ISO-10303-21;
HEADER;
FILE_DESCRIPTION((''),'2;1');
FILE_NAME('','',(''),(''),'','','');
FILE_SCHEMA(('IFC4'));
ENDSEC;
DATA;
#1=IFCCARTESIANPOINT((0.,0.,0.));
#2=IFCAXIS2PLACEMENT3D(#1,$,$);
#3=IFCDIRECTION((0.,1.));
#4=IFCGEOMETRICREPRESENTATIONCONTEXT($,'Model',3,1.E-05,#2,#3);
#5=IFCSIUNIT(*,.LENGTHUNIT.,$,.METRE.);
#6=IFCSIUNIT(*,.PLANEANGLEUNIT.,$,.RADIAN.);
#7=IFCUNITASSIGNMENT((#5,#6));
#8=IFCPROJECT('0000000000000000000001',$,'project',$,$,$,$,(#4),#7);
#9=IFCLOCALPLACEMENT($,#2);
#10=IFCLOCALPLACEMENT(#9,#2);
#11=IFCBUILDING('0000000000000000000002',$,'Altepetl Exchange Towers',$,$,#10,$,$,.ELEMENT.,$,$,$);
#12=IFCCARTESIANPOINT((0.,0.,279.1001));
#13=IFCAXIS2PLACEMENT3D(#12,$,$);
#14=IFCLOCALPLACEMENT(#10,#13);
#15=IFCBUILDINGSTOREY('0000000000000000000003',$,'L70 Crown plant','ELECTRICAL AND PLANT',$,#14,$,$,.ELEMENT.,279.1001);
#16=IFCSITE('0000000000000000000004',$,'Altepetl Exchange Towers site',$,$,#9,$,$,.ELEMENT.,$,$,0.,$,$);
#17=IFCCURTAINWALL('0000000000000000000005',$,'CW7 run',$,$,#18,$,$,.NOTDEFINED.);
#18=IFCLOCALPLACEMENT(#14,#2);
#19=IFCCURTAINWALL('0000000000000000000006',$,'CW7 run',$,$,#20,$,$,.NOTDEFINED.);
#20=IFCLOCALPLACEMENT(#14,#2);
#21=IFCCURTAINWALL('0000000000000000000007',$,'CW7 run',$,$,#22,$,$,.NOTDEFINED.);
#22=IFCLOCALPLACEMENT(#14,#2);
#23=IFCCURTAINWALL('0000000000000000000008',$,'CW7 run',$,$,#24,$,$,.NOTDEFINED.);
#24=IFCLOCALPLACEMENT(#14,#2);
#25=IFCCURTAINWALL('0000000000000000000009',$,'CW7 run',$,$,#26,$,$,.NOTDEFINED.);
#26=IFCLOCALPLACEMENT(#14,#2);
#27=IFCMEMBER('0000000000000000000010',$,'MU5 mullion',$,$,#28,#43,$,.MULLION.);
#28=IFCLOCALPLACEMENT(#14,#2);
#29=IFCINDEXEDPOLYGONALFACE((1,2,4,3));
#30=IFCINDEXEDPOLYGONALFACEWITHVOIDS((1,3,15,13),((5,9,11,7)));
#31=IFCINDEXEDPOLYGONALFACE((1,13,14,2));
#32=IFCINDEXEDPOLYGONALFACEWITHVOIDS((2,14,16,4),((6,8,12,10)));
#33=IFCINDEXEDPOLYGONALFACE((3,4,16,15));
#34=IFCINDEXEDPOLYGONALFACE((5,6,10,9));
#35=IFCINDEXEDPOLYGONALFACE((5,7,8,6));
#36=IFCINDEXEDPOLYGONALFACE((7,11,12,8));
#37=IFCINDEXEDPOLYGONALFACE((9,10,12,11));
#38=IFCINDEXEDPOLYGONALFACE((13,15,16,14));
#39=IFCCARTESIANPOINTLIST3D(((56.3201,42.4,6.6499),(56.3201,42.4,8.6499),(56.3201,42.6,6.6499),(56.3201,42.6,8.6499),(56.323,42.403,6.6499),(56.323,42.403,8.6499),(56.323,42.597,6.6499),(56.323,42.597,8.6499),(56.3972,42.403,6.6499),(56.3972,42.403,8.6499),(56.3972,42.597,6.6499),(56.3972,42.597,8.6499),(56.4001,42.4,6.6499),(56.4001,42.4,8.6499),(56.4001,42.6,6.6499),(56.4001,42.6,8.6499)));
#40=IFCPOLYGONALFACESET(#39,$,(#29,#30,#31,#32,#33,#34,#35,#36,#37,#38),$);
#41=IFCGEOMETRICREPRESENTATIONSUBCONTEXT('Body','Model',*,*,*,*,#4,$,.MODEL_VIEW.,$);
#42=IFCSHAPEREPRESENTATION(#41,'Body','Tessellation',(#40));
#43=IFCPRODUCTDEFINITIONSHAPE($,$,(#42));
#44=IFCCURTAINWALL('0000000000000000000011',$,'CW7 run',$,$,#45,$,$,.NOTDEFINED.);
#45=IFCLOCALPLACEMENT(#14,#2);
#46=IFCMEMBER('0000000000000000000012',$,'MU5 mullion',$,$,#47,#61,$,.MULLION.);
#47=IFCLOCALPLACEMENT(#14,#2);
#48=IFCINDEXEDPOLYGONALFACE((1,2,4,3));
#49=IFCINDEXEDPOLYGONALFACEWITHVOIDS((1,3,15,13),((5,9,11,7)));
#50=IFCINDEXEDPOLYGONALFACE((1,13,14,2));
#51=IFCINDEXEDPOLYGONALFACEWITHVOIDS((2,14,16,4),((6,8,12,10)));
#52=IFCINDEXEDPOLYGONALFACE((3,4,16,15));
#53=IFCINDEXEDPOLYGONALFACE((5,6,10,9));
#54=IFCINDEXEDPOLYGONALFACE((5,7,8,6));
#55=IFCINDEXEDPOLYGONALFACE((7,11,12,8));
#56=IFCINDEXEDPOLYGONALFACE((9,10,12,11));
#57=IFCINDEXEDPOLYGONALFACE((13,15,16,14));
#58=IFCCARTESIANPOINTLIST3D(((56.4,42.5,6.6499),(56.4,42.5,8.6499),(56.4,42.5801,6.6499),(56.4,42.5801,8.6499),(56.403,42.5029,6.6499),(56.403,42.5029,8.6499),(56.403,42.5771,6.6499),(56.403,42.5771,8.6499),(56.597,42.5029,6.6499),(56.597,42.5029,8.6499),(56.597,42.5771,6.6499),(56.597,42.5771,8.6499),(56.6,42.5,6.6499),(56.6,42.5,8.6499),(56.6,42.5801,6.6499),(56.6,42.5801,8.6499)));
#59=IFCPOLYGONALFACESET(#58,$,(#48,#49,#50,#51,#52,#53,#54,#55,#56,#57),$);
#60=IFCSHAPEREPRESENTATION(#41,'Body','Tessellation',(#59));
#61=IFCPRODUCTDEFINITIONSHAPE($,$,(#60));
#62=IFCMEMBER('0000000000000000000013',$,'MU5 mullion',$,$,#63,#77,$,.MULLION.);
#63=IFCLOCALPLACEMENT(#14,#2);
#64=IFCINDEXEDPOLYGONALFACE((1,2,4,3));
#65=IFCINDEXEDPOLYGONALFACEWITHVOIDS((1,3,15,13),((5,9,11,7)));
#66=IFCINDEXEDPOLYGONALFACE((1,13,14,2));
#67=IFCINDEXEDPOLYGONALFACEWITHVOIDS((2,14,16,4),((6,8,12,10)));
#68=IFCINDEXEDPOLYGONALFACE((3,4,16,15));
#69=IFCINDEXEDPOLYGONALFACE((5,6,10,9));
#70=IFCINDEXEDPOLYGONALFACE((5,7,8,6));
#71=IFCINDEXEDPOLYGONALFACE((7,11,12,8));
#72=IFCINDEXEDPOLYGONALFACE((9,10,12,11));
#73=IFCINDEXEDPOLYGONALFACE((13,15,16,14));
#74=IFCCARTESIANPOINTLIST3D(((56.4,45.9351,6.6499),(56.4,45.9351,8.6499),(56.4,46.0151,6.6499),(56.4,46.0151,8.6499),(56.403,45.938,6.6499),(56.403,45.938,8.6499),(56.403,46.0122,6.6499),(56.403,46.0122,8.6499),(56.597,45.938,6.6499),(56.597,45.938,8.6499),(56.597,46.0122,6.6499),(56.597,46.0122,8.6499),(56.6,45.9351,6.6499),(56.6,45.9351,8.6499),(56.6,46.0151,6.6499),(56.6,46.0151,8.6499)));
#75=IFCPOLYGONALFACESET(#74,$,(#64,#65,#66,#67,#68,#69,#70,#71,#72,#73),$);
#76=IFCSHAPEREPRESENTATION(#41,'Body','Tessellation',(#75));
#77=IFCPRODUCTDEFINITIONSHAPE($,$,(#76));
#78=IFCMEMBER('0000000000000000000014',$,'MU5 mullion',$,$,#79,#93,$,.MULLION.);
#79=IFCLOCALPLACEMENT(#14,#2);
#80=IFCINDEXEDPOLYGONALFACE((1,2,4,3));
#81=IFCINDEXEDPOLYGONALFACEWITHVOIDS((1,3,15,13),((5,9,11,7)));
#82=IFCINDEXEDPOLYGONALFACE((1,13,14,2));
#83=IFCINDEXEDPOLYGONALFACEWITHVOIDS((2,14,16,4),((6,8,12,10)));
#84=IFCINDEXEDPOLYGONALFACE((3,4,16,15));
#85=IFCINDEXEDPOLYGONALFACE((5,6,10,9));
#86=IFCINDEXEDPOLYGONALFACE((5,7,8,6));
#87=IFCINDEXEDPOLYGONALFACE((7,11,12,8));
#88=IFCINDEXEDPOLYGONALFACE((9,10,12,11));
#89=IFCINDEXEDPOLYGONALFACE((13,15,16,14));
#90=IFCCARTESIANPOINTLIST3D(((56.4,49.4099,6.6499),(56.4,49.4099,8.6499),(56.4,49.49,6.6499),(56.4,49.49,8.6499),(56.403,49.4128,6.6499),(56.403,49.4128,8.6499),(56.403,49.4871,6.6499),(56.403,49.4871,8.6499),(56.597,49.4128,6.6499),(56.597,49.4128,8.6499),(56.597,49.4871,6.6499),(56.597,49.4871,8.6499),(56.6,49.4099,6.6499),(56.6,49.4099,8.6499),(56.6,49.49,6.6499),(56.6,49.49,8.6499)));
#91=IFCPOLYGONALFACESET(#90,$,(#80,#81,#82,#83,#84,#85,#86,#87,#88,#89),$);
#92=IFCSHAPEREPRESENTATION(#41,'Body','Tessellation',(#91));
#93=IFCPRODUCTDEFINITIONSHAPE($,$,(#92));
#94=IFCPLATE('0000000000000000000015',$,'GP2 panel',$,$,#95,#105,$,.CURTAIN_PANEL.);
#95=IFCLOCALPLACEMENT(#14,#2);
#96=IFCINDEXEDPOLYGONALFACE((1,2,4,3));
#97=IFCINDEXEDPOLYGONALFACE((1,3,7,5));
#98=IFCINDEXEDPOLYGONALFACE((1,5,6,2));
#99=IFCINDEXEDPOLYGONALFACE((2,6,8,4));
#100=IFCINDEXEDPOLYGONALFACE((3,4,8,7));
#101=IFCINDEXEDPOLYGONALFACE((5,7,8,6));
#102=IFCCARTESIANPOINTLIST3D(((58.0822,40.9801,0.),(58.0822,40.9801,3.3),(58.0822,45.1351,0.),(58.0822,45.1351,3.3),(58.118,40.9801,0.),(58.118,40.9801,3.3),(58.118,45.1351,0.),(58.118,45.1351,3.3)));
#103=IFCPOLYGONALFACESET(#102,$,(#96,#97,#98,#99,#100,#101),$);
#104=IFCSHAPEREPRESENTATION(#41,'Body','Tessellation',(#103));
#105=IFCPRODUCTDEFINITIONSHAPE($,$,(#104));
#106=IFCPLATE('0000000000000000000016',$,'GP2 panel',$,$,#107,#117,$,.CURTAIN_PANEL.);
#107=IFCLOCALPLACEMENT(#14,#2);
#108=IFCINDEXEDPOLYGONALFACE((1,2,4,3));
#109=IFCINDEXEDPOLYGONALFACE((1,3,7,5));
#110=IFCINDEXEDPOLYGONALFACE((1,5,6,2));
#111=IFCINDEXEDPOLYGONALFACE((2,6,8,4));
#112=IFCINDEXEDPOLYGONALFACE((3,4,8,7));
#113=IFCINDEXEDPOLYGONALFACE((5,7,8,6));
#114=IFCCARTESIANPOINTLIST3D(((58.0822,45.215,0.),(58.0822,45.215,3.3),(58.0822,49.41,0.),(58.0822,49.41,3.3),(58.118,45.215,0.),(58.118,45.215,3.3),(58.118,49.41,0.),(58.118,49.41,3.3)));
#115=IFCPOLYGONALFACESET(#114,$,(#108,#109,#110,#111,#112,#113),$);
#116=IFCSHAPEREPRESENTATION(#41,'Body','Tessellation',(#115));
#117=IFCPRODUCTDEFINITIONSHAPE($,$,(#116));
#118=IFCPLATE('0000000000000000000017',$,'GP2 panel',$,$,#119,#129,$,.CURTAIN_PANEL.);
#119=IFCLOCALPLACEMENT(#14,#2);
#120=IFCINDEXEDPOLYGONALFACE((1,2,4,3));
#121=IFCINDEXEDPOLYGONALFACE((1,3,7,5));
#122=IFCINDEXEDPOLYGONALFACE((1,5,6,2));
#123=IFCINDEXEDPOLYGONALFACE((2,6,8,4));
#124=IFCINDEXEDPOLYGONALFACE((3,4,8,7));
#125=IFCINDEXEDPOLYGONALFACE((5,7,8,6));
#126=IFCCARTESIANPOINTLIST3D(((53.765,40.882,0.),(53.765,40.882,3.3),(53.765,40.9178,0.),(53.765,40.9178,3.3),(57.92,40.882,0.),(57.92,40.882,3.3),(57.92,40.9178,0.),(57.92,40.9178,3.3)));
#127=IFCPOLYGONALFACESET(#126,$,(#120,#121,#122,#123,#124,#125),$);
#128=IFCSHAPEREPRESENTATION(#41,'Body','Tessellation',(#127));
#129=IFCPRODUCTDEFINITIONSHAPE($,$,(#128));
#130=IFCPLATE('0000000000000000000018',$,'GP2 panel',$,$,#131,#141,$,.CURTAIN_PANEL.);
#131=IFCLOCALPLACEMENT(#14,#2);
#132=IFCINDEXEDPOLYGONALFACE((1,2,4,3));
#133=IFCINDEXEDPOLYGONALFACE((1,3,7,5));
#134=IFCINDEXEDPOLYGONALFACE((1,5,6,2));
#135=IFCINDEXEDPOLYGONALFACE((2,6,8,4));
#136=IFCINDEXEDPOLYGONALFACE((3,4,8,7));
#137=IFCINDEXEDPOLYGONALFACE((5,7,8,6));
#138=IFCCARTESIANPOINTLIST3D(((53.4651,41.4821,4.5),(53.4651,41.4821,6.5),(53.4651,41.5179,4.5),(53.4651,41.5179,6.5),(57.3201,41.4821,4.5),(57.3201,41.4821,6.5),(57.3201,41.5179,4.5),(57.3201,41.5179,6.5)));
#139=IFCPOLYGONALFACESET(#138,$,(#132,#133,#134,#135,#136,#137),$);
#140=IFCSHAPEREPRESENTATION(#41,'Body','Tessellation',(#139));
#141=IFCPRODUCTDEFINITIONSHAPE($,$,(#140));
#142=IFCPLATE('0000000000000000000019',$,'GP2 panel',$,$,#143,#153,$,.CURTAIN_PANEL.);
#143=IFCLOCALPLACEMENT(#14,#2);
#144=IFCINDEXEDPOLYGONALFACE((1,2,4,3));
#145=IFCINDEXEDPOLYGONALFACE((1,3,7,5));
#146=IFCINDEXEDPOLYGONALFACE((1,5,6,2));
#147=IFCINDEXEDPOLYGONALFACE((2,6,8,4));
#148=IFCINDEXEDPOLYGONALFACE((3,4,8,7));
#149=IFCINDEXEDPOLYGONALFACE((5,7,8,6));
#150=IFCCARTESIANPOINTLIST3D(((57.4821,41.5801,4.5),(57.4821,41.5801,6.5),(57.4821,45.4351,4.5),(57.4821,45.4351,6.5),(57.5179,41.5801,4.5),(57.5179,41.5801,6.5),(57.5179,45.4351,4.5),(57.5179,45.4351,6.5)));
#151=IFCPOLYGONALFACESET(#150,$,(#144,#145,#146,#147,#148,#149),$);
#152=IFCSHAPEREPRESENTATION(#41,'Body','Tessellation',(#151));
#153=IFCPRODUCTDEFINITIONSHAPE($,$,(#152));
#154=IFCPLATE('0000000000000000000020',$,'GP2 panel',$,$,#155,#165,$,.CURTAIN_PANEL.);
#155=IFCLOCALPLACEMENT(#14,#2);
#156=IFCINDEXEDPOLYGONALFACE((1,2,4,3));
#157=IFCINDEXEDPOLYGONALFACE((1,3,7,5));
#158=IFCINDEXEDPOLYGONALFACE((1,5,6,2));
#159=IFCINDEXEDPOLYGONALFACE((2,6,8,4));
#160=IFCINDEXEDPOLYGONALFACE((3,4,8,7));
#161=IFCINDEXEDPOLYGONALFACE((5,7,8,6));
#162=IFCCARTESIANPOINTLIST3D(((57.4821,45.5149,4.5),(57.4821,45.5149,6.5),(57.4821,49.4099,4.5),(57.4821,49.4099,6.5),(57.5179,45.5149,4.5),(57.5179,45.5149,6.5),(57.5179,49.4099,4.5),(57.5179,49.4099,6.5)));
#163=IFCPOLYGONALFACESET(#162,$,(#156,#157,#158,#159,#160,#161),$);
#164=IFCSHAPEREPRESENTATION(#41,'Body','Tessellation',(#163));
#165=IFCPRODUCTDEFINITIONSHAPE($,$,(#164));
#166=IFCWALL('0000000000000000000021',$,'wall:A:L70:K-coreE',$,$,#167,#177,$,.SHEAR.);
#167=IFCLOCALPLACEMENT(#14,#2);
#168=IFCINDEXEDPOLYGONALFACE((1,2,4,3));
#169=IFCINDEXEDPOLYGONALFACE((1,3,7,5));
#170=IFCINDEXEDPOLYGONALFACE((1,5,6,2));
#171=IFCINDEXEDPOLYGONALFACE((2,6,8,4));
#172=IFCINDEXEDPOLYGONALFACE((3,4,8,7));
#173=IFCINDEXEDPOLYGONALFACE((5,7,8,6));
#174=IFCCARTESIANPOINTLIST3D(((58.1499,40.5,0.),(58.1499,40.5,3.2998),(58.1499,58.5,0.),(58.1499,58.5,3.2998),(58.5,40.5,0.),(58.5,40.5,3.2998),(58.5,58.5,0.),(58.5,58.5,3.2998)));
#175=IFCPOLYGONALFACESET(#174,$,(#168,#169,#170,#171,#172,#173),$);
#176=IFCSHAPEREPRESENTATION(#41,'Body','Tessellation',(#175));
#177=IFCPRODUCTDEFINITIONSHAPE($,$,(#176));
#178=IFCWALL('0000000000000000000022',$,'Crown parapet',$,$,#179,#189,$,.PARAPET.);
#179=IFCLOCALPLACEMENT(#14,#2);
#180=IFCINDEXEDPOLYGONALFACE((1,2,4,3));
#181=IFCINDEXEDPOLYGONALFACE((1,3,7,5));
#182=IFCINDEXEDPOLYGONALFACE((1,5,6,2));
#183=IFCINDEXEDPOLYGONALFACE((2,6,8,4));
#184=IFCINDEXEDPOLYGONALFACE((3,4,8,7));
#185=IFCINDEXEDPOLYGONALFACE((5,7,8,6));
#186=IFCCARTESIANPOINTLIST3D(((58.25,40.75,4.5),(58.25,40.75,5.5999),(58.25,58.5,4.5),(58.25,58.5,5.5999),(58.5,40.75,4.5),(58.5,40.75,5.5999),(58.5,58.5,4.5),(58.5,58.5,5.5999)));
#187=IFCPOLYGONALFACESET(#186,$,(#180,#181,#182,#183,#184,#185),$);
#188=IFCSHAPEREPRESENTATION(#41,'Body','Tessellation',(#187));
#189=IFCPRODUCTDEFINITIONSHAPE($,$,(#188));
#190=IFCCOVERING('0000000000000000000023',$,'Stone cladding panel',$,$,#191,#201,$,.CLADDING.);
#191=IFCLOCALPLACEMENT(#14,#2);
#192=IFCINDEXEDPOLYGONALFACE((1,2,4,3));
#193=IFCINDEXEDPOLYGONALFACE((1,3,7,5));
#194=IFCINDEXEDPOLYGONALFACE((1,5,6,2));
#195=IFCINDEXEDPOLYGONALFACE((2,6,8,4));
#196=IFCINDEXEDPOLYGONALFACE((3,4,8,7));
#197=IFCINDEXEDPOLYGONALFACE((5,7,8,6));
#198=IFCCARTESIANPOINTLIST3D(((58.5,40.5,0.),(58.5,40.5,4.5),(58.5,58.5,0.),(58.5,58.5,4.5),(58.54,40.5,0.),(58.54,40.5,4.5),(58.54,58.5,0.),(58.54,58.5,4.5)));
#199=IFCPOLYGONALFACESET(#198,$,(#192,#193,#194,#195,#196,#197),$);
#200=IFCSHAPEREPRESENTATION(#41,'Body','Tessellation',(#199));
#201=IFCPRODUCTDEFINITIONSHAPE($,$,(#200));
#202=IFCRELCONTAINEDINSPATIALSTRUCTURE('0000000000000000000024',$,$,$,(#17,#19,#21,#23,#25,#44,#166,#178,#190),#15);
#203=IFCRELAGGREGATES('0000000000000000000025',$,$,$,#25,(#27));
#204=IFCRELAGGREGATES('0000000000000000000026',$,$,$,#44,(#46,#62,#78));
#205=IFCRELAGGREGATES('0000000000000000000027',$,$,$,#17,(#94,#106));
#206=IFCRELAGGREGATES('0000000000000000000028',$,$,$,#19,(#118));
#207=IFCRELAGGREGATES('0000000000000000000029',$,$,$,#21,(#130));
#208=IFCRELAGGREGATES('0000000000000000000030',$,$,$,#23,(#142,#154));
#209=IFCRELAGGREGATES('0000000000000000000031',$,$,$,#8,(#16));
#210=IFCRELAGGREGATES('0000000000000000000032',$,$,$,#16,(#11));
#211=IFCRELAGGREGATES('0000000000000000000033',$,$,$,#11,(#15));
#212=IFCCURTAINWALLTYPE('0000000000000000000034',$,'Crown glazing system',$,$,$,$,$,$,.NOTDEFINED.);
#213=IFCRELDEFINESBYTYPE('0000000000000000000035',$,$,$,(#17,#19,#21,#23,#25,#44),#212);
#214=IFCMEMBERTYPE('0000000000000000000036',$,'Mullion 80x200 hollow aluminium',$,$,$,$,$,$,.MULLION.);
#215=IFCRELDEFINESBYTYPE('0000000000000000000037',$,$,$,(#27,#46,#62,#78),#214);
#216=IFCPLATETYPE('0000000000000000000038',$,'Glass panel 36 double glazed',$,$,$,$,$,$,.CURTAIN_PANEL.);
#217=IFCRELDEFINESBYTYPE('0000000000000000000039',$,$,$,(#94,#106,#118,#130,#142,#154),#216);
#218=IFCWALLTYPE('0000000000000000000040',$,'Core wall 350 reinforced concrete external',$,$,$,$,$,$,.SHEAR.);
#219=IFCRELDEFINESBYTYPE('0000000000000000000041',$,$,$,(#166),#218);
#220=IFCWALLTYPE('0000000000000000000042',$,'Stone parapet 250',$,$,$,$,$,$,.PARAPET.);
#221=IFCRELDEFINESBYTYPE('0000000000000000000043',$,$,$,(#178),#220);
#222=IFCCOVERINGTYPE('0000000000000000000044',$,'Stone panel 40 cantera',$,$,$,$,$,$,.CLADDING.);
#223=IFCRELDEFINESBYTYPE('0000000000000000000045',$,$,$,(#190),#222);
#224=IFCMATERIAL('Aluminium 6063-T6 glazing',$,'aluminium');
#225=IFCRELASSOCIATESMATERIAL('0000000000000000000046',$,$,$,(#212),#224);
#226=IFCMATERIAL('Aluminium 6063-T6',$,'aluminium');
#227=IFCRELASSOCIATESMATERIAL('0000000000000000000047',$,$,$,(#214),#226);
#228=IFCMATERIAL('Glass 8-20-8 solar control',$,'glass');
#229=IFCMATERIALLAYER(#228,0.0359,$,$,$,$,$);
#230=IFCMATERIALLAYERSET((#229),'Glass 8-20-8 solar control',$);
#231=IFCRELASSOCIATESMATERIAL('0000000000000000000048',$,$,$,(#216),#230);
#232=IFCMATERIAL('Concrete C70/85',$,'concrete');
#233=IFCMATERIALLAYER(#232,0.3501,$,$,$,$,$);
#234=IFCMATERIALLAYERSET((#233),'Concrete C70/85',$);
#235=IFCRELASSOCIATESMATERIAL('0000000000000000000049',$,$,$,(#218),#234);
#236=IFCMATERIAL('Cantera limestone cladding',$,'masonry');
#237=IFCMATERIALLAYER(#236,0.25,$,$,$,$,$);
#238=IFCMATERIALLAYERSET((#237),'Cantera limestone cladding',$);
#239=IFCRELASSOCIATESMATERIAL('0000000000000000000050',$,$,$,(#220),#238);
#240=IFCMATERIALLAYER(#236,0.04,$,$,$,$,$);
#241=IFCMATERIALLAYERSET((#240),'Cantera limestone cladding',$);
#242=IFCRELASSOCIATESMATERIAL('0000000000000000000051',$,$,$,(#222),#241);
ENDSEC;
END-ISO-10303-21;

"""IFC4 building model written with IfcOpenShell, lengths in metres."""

from ifc_helpers import new_model, si_unit, direction, frame, frame_2d, origin, origin_2d, place, context, subcontext, project, spatial, rectangle, hollow_rectangle, extrude, material, layer, layer_set, material_profile, profile_set, type_object, element, aggregate, save


model = new_model("IFC4")

# Units and contexts
model_context = context("Model", 3, precision=1e-05, world=origin(), true_north=direction((0.0, 1.0)))
body_context = subcontext(model_context, "Body", "Model", "MODEL_VIEW")
ifc_project = project(units=[si_unit("LENGTHUNIT", "METRE"), si_unit("PLANEANGLEUNIT", "RADIAN")], contexts=[model_context])

# Site, building, storey
site_placement = place(None, origin())
site = spatial("IfcSite", under=ifc_project, at=site_placement, Name="Altepetl Exchange Towers site", CompositionType="ELEMENT", RefElevation=0.0)
building_placement = place(site_placement, origin())
building = spatial("IfcBuilding", under=site, at=building_placement, Name="Altepetl Exchange Towers", CompositionType="ELEMENT")
storey_placement = place(building_placement, frame((0.0, 0.0, 279.1001)))
storey = spatial("IfcBuildingStorey", under=building, at=storey_placement, Name="L70 Crown plant", Description="ELECTRICAL AND PLANT", CompositionType="ELEMENT", Elevation=279.1001)

# Curtain wall
ifc_material_1 = material(Name="Aluminium 6063-T6 glazing", Category="aluminium")
curtain_wall_type = type_object("IfcCurtainWallType", Name="Crown glazing system", PredefinedType="NOTDEFINED", material=ifc_material_1)
curtain_wall_1_placement = place(storey_placement, origin())
curtain_wall_1 = element("IfcCurtainWall", 1, at=curtain_wall_1_placement, inside=storey, type_object=curtain_wall_type, Name="CW7 run", PredefinedType="NOTDEFINED")
ifc_material_2 = material(Name="Aluminium 6063-T6", Category="aluminium")
ifc_material_profile_1 = material_profile(ifc_material_2, hollow_rectangle(XDim=0.0801, YDim=0.2, WallThickness=0.0029, at=origin_2d()), Name="Mullion 80x200 hollow aluminium")
ifc_profile_set_1 = profile_set([ifc_material_profile_1], Name="Aluminium 6063-T6")
member_type = type_object("IfcMemberType", Name="Mullion 80x200 hollow aluminium", PredefinedType="MULLION", material=ifc_profile_set_1)

# Curtain walls
curtain_wall_2_placement = place(storey_placement, origin())
curtain_wall_2 = element("IfcCurtainWall", 2, at=curtain_wall_2_placement, inside=storey, type_object=curtain_wall_type, Name="CW7 run", PredefinedType="NOTDEFINED")
curtain_wall_3_placement = place(storey_placement, origin())
curtain_wall_3 = element("IfcCurtainWall", 3, at=curtain_wall_3_placement, inside=storey, type_object=curtain_wall_type, Name="CW7 run", PredefinedType="NOTDEFINED")

# Curtain wall
curtain_wall_4_placement = place(storey_placement, origin())
curtain_wall_4 = element("IfcCurtainWall", 4, at=curtain_wall_4_placement, inside=storey, type_object=curtain_wall_type, Name="CW7 run", PredefinedType="NOTDEFINED")

# Curtain wall, member
curtain_wall_5_placement = place(storey_placement, origin())
curtain_wall_5 = element("IfcCurtainWall", 5, at=curtain_wall_5_placement, inside=storey, type_object=curtain_wall_type, Name="CW7 run", PredefinedType="NOTDEFINED")
member_1_placement = place(storey_placement, frame((56.3601, 42.5, 6.6499)))
member_1 = element("IfcMember", 6, at=member_1_placement, type_object=member_type, Name="MU5 mullion", PredefinedType="MULLION", context=body_context, shape_type="SweptSolid", body=[
    extrude(hollow_rectangle(XDim=0.0801, YDim=0.2, WallThickness=0.0029, at=origin_2d()), origin(), (0.0, 0.0, 1.0), 2.0),
])
aggregate(curtain_wall_5, [member_1])

# Curtain wall, members
curtain_wall_6_placement = place(storey_placement, origin())
curtain_wall_6 = element("IfcCurtainWall", 7, at=curtain_wall_6_placement, inside=storey, type_object=curtain_wall_type, Name="CW7 run", PredefinedType="NOTDEFINED")
member_2_placement = place(storey_placement, frame((56.5, 42.54, 6.6499), z_axis=(0.0, 0.0, 1.0), x_axis=(0.0, 1.0, 0.0)))
member_2 = element("IfcMember", 8, at=member_2_placement, type_object=member_type, Name="MU5 mullion", PredefinedType="MULLION", context=body_context, shape_type="SweptSolid", body=[
    extrude(hollow_rectangle(XDim=0.0801, YDim=0.2, WallThickness=0.0029, at=origin_2d()), origin(), (0.0, 0.0, 1.0), 2.0),
])
member_3_placement = place(storey_placement, frame((56.5, 45.9751, 6.6499), z_axis=(0.0, 0.0, 1.0), x_axis=(0.0, 1.0, 0.0)))
member_3 = element("IfcMember", 9, at=member_3_placement, type_object=member_type, Name="MU5 mullion", PredefinedType="MULLION", context=body_context, shape_type="SweptSolid", body=[
    extrude(hollow_rectangle(XDim=0.0801, YDim=0.2, WallThickness=0.0029, at=origin_2d()), origin(), (0.0, 0.0, 1.0), 2.0),
])
member_4_placement = place(storey_placement, frame((56.5, 49.45, 6.6499), z_axis=(0.0, 0.0, 1.0), x_axis=(0.0, 1.0, 0.0)))
member_4 = element("IfcMember", 10, at=member_4_placement, type_object=member_type, Name="MU5 mullion", PredefinedType="MULLION", context=body_context, shape_type="SweptSolid", body=[
    extrude(hollow_rectangle(XDim=0.0801, YDim=0.2, WallThickness=0.0029, at=origin_2d()), origin(), (0.0, 0.0, 1.0), 2.0),
])
aggregate(curtain_wall_6, [member_2, member_3, member_4])

# Plates
ifc_material_3 = material(Name="Glass 8-20-8 solar control", Category="glass")
ifc_layer_1 = layer(ifc_material_3, 0.0359)
ifc_layer_set_1 = layer_set([ifc_layer_1], Name="Glass 8-20-8 solar control")
plate_type = type_object("IfcPlateType", Name="Glass panel 36 double glazed", PredefinedType="CURTAIN_PANEL", material=ifc_layer_set_1)
plate_1_placement = place(storey_placement, frame((58.1001, 43.0576, 0.0), z_axis=(0.0, 0.0, 1.0), x_axis=(0.0, 1.0, 0.0)))
plate_1 = element("IfcPlate", 11, at=plate_1_placement, type_object=plate_type, Name="GP2 panel", PredefinedType="CURTAIN_PANEL", context=body_context, shape_type="SweptSolid", body=[
    extrude(rectangle(XDim=4.155, YDim=0.0359, at=origin_2d()), origin(), (0.0, 0.0, 1.0), 3.3),
])
plate_2_placement = place(storey_placement, frame((58.1001, 47.3125, 0.0), z_axis=(0.0, 0.0, 1.0), x_axis=(0.0, 1.0, 0.0)))
plate_2 = element("IfcPlate", 12, at=plate_2_placement, type_object=plate_type, Name="GP2 panel", PredefinedType="CURTAIN_PANEL", context=body_context, shape_type="SweptSolid", body=[
    extrude(rectangle(XDim=4.1951, YDim=0.0359, at=origin_2d()), origin(), (0.0, 0.0, 1.0), 3.3),
])
aggregate(curtain_wall_1, [plate_1, plate_2])
plate_3_placement = place(storey_placement, frame((55.8425, 40.8999, 0.0)))
plate_3 = element("IfcPlate", 13, at=plate_3_placement, type_object=plate_type, Name="GP2 panel", PredefinedType="CURTAIN_PANEL", context=body_context, shape_type="SweptSolid", body=[
    extrude(rectangle(XDim=4.155, YDim=0.0359, at=origin_2d()), origin(), (0.0, 0.0, 1.0), 3.3),
])
aggregate(curtain_wall_2, [plate_3])
plate_4_placement = place(storey_placement, frame((55.3926, 41.5, 4.5)))
plate_4 = element("IfcPlate", 14, at=plate_4_placement, type_object=plate_type, Name="GP2 panel", PredefinedType="CURTAIN_PANEL", context=body_context, shape_type="SweptSolid", body=[
    extrude(rectangle(XDim=3.855, YDim=0.0359, at=origin_2d()), origin(), (0.0, 0.0, 1.0), 2.0),
])
aggregate(curtain_wall_3, [plate_4])
plate_5_placement = place(storey_placement, frame((57.5, 43.5076, 4.5), z_axis=(0.0, 0.0, 1.0), x_axis=(0.0, 1.0, 0.0)))
plate_5 = element("IfcPlate", 15, at=plate_5_placement, type_object=plate_type, Name="GP2 panel", PredefinedType="CURTAIN_PANEL", context=body_context, shape_type="SweptSolid", body=[
    extrude(rectangle(XDim=3.855, YDim=0.0359, at=origin_2d()), origin(), (0.0, 0.0, 1.0), 2.0),
])
plate_6_placement = place(storey_placement, frame((57.5, 47.4624, 4.5), z_axis=(0.0, 0.0, 1.0), x_axis=(0.0, 1.0, 0.0)))
plate_6 = element("IfcPlate", 16, at=plate_6_placement, type_object=plate_type, Name="GP2 panel", PredefinedType="CURTAIN_PANEL", context=body_context, shape_type="SweptSolid", body=[
    extrude(rectangle(XDim=3.895, YDim=0.0359, at=origin_2d()), origin(), (0.0, 0.0, 1.0), 2.0),
])
aggregate(curtain_wall_4, [plate_5, plate_6])

# Walls
ifc_material_4 = material(Name="Concrete C70/85", Category="concrete")
ifc_layer_2 = layer(ifc_material_4, 0.3501)
ifc_layer_set_2 = layer_set([ifc_layer_2], Name="Concrete C70/85")
wall_type_1 = type_object("IfcWallType", Name="Core wall 350 reinforced concrete external", PredefinedType="SHEAR", material=ifc_layer_set_2)
wall_1_placement = place(storey_placement, frame((58.325, 40.5, 0.0), z_axis=(0.0, 0.0, 1.0), x_axis=(0.0, 1.0, 0.0)))
element("IfcWall", 17, at=wall_1_placement, inside=storey, type_object=wall_type_1, Name="wall:A:L70:K-coreE", PredefinedType="SHEAR", context=body_context, shape_type="SweptSolid", body=[
    extrude(rectangle(XDim=18.0, YDim=0.3501, at=frame_2d((9.0, 0.0))), origin(), (0.0, 0.0, 1.0), 3.2998),
])
ifc_material_5 = material(Name="Cantera limestone cladding", Category="masonry")
ifc_layer_3 = layer(ifc_material_5, 0.25)
ifc_layer_set_3 = layer_set([ifc_layer_3], Name="Cantera limestone cladding")
wall_type_2 = type_object("IfcWallType", Name="Stone parapet 250", PredefinedType="PARAPET", material=ifc_layer_set_3)
wall_2_placement = place(storey_placement, frame((58.375, 40.75, 4.5), z_axis=(0.0, 0.0, 1.0), x_axis=(0.0, 1.0, 0.0)))
element("IfcWall", 18, at=wall_2_placement, inside=storey, type_object=wall_type_2, Name="Crown parapet", PredefinedType="PARAPET", context=body_context, shape_type="SweptSolid", body=[
    extrude(rectangle(XDim=17.75, YDim=0.25, at=frame_2d((8.875, 0.0))), origin(), (0.0, 0.0, 1.0), 1.0999),
])

# Covering
ifc_layer_4 = layer(ifc_material_5, 0.04)
ifc_layer_set_4 = layer_set([ifc_layer_4], Name="Cantera limestone cladding")
covering_type = type_object("IfcCoveringType", Name="Stone panel 40 cantera", PredefinedType="CLADDING", material=ifc_layer_set_4)
covering_placement = place(storey_placement, frame((58.52, 49.5, 0.0), z_axis=(0.0, 0.0, 1.0), x_axis=(0.0, 1.0, 0.0)))
element("IfcCovering", 19, at=covering_placement, inside=storey, type_object=covering_type, Name="Stone cladding panel", PredefinedType="CLADDING", context=body_context, shape_type="SweptSolid", body=[
    extrude(rectangle(XDim=18.0, YDim=0.04, at=origin_2d()), origin(), (0.0, 0.0, 1.0), 4.5),
])

save(model, "model.ifc")
